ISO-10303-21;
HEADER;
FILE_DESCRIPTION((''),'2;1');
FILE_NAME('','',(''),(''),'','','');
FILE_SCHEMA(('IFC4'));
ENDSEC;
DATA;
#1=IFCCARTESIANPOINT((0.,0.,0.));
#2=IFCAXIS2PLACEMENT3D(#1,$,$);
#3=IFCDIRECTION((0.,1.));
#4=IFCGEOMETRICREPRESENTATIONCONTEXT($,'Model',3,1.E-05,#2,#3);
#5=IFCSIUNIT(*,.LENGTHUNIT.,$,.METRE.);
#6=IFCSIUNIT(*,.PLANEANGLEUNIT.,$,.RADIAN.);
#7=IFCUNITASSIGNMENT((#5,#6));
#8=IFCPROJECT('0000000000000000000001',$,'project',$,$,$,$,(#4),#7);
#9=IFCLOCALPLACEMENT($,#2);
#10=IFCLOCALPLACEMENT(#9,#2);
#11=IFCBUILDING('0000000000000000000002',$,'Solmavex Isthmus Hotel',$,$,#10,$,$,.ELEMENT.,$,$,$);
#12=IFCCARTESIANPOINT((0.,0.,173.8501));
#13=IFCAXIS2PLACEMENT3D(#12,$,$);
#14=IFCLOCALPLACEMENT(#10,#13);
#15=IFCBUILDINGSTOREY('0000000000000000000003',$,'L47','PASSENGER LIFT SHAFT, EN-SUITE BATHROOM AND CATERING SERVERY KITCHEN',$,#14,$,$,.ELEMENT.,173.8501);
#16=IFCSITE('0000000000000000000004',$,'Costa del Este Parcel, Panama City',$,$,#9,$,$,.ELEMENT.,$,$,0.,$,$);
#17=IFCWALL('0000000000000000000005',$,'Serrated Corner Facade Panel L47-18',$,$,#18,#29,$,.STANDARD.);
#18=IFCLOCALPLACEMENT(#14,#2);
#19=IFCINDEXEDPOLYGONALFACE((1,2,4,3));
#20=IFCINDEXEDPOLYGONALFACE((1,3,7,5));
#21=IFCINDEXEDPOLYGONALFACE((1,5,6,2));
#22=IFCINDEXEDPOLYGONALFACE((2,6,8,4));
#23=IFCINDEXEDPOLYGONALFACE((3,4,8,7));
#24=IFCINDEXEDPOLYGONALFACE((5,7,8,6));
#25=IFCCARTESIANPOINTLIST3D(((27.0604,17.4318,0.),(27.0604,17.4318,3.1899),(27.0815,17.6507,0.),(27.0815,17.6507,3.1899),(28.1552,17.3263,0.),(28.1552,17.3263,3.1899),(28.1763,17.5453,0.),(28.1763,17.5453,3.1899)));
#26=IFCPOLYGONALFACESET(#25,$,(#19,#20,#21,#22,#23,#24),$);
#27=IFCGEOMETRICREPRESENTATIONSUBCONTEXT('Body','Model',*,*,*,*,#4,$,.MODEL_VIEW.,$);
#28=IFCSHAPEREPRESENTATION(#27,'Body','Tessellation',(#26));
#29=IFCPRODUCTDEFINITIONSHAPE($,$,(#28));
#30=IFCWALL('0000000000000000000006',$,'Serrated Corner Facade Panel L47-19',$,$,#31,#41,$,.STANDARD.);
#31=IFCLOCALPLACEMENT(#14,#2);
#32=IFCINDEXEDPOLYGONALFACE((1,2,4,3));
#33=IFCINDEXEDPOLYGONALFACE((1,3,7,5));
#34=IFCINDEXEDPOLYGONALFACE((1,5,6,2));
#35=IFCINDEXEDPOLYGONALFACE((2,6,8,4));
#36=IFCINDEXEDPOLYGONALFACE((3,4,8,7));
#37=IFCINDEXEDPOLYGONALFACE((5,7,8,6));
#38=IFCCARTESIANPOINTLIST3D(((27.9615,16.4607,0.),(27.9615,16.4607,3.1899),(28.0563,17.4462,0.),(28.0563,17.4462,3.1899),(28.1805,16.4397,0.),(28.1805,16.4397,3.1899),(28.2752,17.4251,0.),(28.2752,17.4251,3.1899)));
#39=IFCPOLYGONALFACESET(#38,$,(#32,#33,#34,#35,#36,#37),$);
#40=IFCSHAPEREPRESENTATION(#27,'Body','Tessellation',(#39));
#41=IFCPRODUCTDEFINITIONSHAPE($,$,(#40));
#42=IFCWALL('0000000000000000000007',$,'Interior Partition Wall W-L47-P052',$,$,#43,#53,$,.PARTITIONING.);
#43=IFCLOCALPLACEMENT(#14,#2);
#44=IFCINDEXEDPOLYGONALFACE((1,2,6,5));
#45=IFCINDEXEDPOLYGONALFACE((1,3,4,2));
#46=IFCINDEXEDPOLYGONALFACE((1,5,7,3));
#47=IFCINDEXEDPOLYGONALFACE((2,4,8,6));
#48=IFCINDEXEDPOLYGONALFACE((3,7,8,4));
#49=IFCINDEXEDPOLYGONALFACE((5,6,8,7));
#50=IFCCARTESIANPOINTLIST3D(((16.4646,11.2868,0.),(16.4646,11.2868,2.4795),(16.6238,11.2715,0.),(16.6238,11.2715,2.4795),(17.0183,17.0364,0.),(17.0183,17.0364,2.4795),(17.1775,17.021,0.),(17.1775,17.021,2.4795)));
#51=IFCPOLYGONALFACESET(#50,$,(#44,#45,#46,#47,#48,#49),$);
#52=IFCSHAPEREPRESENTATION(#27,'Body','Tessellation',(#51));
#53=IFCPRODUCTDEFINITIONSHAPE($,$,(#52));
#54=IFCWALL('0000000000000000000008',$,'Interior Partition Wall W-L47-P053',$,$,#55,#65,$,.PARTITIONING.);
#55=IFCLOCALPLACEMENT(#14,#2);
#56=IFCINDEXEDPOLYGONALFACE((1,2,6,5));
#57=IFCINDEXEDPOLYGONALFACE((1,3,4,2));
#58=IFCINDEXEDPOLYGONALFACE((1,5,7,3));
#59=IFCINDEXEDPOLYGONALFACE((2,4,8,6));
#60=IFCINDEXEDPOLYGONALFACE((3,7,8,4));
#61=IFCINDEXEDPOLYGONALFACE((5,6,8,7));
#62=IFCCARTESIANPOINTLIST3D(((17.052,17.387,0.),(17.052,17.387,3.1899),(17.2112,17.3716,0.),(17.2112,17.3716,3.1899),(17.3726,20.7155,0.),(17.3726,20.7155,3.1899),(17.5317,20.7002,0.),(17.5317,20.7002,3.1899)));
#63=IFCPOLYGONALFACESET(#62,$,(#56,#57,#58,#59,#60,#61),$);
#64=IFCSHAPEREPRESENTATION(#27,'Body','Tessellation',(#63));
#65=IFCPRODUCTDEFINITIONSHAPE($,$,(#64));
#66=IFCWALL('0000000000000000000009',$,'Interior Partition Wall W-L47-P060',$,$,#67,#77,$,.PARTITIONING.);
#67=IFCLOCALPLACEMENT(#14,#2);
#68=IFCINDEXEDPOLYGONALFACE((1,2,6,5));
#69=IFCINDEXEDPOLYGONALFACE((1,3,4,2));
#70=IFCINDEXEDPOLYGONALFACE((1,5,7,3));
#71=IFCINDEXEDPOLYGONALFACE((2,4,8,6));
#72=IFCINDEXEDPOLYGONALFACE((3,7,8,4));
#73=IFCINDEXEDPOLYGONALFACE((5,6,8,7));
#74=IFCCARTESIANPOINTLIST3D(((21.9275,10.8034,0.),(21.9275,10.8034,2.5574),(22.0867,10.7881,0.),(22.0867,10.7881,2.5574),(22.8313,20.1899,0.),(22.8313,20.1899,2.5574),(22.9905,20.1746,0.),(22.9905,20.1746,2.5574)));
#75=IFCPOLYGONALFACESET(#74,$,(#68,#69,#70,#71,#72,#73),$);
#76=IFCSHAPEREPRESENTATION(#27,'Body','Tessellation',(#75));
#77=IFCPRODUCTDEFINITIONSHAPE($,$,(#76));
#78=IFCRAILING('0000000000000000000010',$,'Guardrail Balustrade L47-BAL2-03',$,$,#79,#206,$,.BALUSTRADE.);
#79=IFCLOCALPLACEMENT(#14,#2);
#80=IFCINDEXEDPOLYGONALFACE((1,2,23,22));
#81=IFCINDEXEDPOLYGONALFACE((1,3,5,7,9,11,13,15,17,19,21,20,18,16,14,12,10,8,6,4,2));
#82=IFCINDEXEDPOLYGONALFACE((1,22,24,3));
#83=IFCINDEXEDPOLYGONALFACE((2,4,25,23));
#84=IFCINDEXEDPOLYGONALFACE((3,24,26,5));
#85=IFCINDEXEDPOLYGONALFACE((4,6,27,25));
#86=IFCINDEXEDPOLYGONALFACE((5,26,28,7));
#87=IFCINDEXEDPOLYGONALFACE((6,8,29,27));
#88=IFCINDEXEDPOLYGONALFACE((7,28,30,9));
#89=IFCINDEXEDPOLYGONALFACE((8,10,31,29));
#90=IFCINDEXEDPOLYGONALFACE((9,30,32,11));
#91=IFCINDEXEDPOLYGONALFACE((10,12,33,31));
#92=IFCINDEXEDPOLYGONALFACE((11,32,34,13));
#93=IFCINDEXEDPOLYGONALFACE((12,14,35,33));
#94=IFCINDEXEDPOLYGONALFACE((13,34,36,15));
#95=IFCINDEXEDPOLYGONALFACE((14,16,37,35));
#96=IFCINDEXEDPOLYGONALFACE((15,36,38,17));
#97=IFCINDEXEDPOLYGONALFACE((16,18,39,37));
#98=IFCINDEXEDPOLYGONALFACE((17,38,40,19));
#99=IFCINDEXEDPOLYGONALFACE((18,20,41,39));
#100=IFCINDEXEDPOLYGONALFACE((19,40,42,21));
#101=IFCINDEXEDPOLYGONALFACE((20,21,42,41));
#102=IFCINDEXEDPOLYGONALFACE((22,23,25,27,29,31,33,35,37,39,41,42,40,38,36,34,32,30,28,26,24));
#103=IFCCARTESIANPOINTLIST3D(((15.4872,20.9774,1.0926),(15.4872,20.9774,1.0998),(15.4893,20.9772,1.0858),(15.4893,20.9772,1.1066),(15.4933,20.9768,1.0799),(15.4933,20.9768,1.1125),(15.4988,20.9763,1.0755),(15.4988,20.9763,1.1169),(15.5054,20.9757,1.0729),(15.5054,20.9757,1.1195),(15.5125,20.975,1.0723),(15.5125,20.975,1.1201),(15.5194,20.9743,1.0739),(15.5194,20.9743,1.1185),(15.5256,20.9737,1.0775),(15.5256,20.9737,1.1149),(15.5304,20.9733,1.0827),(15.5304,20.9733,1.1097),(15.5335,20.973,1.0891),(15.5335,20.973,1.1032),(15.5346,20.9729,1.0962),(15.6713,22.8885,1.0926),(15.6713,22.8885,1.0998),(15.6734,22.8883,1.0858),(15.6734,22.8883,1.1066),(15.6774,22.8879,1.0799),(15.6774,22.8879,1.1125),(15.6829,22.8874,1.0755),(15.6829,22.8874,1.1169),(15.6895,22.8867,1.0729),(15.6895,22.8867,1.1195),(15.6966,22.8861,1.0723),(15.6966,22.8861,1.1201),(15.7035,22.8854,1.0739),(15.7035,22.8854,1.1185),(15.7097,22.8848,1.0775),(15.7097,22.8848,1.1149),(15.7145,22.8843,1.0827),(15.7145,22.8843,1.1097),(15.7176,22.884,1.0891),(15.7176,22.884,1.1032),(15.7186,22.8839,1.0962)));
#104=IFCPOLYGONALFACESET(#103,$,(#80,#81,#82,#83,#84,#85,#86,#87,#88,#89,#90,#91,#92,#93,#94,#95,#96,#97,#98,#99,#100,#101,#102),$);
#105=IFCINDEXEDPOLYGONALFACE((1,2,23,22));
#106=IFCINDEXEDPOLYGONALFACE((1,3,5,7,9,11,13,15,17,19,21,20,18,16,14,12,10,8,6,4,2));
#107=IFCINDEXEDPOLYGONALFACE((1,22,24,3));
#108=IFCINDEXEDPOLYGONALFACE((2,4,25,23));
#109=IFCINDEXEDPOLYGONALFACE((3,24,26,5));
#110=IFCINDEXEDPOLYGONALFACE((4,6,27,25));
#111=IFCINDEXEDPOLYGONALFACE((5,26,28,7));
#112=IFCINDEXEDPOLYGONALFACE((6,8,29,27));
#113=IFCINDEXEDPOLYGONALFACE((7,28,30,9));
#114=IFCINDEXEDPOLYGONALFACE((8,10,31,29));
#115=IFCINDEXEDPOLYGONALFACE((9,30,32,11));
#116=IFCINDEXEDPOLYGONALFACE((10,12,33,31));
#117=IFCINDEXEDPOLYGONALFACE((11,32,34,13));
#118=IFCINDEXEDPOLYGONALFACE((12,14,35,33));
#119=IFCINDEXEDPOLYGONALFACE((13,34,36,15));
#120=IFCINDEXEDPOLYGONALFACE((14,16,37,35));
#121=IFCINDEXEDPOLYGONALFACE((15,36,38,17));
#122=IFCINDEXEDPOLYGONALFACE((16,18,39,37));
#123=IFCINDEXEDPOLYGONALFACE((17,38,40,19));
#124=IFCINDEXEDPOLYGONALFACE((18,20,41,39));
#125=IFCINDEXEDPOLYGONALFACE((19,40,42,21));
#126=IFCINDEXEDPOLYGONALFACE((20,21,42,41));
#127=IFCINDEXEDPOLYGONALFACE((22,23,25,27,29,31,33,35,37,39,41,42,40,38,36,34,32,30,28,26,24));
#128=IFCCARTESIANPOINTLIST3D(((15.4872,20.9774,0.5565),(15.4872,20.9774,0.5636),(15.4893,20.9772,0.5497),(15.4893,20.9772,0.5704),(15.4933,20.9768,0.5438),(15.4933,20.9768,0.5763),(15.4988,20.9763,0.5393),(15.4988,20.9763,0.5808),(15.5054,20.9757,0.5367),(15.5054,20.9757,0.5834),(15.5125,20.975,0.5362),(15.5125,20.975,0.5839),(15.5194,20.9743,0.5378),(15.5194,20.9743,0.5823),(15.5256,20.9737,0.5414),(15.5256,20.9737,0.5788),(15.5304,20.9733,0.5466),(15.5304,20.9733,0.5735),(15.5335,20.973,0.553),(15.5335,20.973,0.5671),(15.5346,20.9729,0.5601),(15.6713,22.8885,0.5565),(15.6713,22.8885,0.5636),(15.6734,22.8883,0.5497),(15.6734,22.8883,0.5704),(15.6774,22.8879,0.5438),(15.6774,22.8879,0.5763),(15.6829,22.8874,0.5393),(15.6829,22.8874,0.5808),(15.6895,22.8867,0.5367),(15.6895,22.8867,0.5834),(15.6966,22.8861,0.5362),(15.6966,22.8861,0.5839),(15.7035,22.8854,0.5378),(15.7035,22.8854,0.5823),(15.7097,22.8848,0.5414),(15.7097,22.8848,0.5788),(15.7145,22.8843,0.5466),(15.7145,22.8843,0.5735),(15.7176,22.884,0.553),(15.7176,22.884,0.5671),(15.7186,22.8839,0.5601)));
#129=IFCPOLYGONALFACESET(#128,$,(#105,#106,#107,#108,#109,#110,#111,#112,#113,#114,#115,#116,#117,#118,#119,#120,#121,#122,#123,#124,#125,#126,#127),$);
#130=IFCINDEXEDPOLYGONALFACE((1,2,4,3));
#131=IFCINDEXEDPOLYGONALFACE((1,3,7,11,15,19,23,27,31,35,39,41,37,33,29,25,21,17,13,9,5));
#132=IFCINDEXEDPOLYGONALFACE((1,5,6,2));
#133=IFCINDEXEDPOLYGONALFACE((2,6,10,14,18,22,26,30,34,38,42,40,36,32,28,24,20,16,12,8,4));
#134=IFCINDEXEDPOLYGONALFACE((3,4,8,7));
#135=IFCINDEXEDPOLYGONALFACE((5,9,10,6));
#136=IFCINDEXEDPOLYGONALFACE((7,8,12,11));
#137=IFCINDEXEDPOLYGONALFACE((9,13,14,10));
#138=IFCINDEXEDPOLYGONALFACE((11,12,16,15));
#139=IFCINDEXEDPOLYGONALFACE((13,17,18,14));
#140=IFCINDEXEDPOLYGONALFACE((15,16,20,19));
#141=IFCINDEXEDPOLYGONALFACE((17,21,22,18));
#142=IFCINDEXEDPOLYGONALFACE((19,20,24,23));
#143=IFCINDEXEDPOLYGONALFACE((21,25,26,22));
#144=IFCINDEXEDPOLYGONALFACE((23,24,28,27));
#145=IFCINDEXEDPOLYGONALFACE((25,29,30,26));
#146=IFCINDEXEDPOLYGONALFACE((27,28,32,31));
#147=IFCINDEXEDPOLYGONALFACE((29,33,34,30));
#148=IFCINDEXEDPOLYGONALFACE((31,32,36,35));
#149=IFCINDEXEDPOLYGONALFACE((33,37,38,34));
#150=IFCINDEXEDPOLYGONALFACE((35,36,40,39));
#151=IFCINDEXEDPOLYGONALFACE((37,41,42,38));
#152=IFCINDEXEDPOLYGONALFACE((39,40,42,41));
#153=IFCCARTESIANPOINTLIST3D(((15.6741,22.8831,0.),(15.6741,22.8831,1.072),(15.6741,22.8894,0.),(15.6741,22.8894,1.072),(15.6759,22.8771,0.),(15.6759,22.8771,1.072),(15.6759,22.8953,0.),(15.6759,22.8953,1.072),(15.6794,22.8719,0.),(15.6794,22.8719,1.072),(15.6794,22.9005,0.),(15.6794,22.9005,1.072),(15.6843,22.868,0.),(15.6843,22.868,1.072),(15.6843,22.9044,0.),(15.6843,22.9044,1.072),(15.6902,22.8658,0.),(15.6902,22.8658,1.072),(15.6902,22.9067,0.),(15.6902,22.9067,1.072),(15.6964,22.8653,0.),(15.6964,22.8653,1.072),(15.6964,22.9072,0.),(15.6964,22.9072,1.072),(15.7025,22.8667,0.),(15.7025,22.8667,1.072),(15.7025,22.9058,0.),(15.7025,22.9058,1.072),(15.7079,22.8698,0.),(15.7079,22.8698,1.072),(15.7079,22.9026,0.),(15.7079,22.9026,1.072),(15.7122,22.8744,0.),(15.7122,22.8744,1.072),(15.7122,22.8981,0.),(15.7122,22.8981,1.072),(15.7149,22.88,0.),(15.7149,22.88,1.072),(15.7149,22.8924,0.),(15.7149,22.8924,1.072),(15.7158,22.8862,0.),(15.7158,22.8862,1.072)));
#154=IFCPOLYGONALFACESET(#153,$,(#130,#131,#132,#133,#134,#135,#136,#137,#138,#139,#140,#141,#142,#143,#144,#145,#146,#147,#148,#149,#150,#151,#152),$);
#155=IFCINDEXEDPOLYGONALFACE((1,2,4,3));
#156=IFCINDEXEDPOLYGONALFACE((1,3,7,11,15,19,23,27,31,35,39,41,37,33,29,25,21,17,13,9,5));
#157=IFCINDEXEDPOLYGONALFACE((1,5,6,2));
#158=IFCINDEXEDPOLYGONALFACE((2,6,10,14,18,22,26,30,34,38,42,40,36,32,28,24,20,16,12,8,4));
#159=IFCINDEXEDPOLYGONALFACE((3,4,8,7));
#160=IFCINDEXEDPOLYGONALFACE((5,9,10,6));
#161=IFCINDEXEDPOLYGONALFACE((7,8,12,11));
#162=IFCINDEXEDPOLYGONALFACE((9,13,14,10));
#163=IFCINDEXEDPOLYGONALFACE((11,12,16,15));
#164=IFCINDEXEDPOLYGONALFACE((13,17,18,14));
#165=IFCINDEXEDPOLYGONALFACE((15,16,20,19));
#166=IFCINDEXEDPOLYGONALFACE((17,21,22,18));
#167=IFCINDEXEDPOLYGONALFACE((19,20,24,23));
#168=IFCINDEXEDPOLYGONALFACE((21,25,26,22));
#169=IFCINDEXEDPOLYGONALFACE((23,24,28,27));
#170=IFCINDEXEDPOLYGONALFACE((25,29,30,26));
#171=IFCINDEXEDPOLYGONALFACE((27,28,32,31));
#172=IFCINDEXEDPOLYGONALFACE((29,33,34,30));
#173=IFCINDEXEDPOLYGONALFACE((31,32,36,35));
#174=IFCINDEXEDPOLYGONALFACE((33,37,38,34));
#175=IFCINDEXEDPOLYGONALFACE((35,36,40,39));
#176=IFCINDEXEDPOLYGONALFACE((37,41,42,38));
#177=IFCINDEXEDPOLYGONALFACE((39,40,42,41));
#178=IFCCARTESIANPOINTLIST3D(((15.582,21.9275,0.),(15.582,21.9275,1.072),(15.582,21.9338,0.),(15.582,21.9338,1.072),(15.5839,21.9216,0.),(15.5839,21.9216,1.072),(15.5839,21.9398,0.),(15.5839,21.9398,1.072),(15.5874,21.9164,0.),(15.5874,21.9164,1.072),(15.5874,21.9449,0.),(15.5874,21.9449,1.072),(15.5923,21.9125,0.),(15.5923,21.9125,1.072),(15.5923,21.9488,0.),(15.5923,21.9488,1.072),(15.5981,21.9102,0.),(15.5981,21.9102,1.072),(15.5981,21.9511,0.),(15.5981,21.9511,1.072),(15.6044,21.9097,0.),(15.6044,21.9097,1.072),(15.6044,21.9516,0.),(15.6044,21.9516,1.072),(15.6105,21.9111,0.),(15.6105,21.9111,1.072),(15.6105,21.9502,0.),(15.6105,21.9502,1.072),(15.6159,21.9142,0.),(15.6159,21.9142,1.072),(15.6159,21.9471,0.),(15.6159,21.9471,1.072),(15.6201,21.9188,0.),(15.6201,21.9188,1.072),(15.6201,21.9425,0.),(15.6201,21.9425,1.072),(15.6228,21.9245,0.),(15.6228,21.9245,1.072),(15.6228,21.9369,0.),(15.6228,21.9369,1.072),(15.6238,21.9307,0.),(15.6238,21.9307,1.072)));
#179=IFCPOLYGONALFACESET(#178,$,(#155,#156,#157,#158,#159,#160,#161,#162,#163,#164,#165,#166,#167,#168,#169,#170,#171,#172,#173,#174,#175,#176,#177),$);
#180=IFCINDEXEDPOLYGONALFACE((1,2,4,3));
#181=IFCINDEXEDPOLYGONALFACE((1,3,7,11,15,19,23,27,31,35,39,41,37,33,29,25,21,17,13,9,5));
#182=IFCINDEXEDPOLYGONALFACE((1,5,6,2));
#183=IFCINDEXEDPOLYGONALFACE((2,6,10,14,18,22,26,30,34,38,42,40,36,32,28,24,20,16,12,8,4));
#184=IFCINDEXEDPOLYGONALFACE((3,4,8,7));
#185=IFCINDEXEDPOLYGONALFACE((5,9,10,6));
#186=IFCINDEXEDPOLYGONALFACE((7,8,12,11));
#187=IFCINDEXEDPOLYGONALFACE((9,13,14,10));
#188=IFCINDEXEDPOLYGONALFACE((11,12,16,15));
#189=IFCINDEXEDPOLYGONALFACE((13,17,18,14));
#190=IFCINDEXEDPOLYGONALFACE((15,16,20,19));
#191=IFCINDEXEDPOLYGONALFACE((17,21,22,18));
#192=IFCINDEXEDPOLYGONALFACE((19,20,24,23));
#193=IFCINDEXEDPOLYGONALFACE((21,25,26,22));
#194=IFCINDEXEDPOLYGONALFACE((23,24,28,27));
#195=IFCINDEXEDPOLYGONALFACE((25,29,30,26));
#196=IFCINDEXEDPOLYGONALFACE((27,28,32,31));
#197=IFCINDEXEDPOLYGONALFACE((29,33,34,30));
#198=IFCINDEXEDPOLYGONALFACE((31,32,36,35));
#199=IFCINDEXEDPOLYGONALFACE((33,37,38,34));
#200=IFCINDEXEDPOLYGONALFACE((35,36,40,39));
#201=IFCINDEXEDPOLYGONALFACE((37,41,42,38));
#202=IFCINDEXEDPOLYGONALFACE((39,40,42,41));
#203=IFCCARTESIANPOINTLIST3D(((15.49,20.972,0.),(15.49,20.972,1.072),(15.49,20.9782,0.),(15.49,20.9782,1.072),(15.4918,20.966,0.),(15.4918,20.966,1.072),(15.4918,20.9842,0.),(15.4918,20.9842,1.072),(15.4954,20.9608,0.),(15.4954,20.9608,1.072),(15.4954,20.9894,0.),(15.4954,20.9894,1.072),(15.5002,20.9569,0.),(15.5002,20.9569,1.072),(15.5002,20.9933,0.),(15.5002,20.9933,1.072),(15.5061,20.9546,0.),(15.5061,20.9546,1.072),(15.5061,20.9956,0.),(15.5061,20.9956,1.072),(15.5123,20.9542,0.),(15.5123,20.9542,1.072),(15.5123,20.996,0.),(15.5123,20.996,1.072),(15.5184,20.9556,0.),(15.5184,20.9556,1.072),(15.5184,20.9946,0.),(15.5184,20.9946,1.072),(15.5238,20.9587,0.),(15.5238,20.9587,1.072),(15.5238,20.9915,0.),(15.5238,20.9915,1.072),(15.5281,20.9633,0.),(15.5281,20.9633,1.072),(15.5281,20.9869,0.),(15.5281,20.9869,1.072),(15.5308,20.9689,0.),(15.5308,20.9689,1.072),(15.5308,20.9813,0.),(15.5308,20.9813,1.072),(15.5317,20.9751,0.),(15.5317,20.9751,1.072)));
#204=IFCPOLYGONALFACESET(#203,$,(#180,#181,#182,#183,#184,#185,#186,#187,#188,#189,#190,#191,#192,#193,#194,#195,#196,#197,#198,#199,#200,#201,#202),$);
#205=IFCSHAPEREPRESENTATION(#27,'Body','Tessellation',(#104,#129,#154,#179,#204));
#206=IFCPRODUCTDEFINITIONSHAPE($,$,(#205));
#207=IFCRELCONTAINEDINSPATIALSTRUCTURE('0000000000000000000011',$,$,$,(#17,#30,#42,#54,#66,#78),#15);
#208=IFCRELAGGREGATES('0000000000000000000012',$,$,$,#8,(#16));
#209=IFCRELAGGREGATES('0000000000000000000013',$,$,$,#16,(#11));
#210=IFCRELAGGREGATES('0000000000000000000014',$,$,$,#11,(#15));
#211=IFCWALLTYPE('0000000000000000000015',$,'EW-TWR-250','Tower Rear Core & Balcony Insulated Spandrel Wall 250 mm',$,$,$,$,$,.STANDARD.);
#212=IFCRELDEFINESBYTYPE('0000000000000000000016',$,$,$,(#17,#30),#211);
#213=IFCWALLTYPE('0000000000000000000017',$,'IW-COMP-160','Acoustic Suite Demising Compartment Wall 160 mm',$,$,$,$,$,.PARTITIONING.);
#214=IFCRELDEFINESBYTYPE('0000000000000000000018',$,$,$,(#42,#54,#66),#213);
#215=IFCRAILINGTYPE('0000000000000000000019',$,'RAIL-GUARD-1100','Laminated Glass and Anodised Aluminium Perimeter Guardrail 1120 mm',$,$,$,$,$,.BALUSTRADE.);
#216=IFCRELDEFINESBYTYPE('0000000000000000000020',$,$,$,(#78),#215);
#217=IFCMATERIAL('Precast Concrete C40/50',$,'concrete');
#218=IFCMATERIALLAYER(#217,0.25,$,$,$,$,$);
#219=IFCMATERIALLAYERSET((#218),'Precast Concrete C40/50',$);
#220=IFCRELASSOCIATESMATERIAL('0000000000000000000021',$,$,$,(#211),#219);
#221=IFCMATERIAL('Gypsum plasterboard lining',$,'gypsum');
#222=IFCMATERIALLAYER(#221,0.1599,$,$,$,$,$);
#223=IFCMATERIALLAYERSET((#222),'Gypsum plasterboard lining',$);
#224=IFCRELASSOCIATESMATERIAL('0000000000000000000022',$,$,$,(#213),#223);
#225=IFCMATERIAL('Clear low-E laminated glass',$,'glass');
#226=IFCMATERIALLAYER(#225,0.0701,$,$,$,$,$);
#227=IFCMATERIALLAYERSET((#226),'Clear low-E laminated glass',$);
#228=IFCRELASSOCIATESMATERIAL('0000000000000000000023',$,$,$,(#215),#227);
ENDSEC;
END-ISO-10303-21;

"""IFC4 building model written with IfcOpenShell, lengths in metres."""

from ifc_helpers import new_model, si_unit, direction, frame, frame_2d, origin, origin_2d, place, context, subcontext, project, spatial, rectangle, circle, extrude, material, layer, layer_set, type_object, element, save


model = new_model("IFC4")

# Units and contexts
model_context = context("Model", 3, precision=1e-05, world=origin(), true_north=direction((0.0, 1.0)))
body_context = subcontext(model_context, "Body", "Model", "MODEL_VIEW")
ifc_project = project(units=[si_unit("LENGTHUNIT", "METRE"), si_unit("PLANEANGLEUNIT", "RADIAN")], contexts=[model_context])

# Site, building, storey
site_placement = place(None, origin())
site = spatial("IfcSite", under=ifc_project, at=site_placement, Name="Costa del Este Parcel, Panama City", CompositionType="ELEMENT", RefElevation=0.0)
building_placement = place(site_placement, origin())
building = spatial("IfcBuilding", under=site, at=building_placement, Name="Solmavex Isthmus Hotel", CompositionType="ELEMENT")
storey_placement = place(building_placement, frame((0.0, 0.0, 173.8501)))
storey = spatial("IfcBuildingStorey", under=building, at=storey_placement, Name="L47", Description="PASSENGER LIFT SHAFT, EN-SUITE BATHROOM AND CATERING SERVERY KITCHEN", CompositionType="ELEMENT", Elevation=173.8501)

# Shared definitions
ifc_material_1 = material(Name="Clear low-E laminated glass", Category="glass")

# Walls
ifc_material_2 = material(Name="Precast Concrete C40/50", Category="concrete")
ifc_layer_1 = layer(ifc_material_2, 0.25)
ifc_layer_set_1 = layer_set([ifc_layer_1], Name="Precast Concrete C40/50")
wall_type_1 = type_object("IfcWallType", Name="EW-TWR-250", Description="Tower Rear Core & Balcony Insulated Spandrel Wall 250 mm", PredefinedType="STANDARD", material=ifc_layer_set_1)
wall_1_placement = place(storey_placement, frame((27.071, 17.5413, 0.0), z_axis=(0.0, 0.0, 1.0), x_axis=(0.995391, -0.095899, 0.0)))
element("IfcWall", 1, at=wall_1_placement, inside=storey, type_object=wall_type_1, Name="Serrated Corner Facade Panel L47-18", PredefinedType="STANDARD", context=body_context, shape_type="SweptSolid", body=[
    extrude(rectangle(XDim=1.0999, YDim=0.22, at=frame_2d((0.5498, 0.0))), origin(), (0.0, 0.0, 1.0), 3.1899),
])
wall_2_placement = place(storey_placement, frame((28.1658, 17.4358, 0.0), z_axis=(0.0, 0.0, 1.0), x_axis=(-0.095694, -0.995411, 0.0)))
element("IfcWall", 2, at=wall_2_placement, inside=storey, type_object=wall_type_1, Name="Serrated Corner Facade Panel L47-19", PredefinedType="STANDARD", context=body_context, shape_type="SweptSolid", body=[
    extrude(rectangle(XDim=0.99, YDim=0.22, at=frame_2d((0.4951, 0.0))), origin(), (0.0, 0.0, 1.0), 3.1899),
])
ifc_material_3 = material(Name="Gypsum plasterboard lining", Category="gypsum")
ifc_layer_2 = layer(ifc_material_3, 0.1599)
ifc_layer_set_2 = layer_set([ifc_layer_2], Name="Gypsum plasterboard lining")
wall_type_2 = type_object("IfcWallType", Name="IW-COMP-160", Description="Acoustic Suite Demising Compartment Wall 160 mm", PredefinedType="PARTITIONING", material=ifc_layer_set_2)
wall_3_placement = place(storey_placement, frame((17.0979, 17.0288, 0.0), z_axis=(0.0, 0.0, 1.0), x_axis=(-0.095862, -0.995395, 0.0)))
element("IfcWall", 3, at=wall_3_placement, inside=storey, type_object=wall_type_2, Name="Interior Partition Wall W-L47-P052", PredefinedType="PARTITIONING", context=body_context, shape_type="SweptSolid", body=[
    extrude(rectangle(XDim=5.7761, YDim=0.1599, at=frame_2d((2.8882, 0.0))), origin(), (0.0, 0.0, 1.0), 2.4795),
])
wall_4_placement = place(storey_placement, frame((17.4521, 20.7078, 0.0), z_axis=(0.0, 0.0, 1.0), x_axis=(-0.09586, -0.995395, 0.0)))
element("IfcWall", 4, at=wall_4_placement, inside=storey, type_object=wall_type_2, Name="Interior Partition Wall W-L47-P053", PredefinedType="PARTITIONING", context=body_context, shape_type="SweptSolid", body=[
    extrude(rectangle(XDim=3.344, YDim=0.1599, at=frame_2d((1.6719, 0.0))), origin(), (0.0, 0.0, 1.0), 3.1899),
])
wall_5_placement = place(storey_placement, frame((22.9109, 20.1821, 0.0), z_axis=(0.0, 0.0, 1.0), x_axis=(-0.095845, -0.995396, 0.0)))
element("IfcWall", 5, at=wall_5_placement, inside=storey, type_object=wall_type_2, Name="Interior Partition Wall W-L47-P060", PredefinedType="PARTITIONING", context=body_context, shape_type="SweptSolid", body=[
    extrude(rectangle(XDim=9.4299, YDim=0.1599, at=frame_2d((4.7148, 0.0))), origin(), (0.0, 0.0, 1.0), 2.5574),
])

# Railing
ifc_layer_3 = layer(ifc_material_1, 0.0701)
ifc_layer_set_3 = layer_set([ifc_layer_3], Name="Clear low-E laminated glass")
railing_type = type_object("IfcRailingType", Name="RAIL-GUARD-1100", Description="Laminated Glass and Anodised Aluminium Perimeter Guardrail 1120 mm", PredefinedType="BALUSTRADE", material=ifc_layer_set_3)
railing_placement = place(storey_placement, frame((15.6948, 22.8862, 0.0)))
element("IfcRailing", 6, at=railing_placement, inside=storey, type_object=railing_type, Name="Guardrail Balustrade L47-BAL2-03", PredefinedType="BALUSTRADE", context=body_context, shape_type="SweptSolid", body=[
    extrude(circle(Radius=0.0239, at=origin_2d()), frame((0.0, 0.0, 1.0962), z_axis=(-0.095877, -0.995393, 0.0), x_axis=(0.995393, -0.095877, 0.0)), (0.0, 0.0, 1.0), 1.9199),
    extrude(circle(Radius=0.0239, at=origin_2d()), frame((0.0, 0.0, 0.5601), z_axis=(-0.095877, -0.995393, 0.0), x_axis=(0.995393, -0.095877, 0.0)), (0.0, 0.0, 1.0), 1.9199),
    extrude(circle(Radius=0.021, at=origin_2d()), origin(), (0.0, 0.0, 1.0), 1.072),
    extrude(circle(Radius=0.021, at=origin_2d()), frame((-0.092, -0.9556, 0.0)), (0.0, 0.0, 1.0), 1.072),
    extrude(circle(Radius=0.021, at=origin_2d()), frame((-0.1841, -1.9111, 0.0)), (0.0, 0.0, 1.0), 1.072),
])

save(model, "model.ifc")
